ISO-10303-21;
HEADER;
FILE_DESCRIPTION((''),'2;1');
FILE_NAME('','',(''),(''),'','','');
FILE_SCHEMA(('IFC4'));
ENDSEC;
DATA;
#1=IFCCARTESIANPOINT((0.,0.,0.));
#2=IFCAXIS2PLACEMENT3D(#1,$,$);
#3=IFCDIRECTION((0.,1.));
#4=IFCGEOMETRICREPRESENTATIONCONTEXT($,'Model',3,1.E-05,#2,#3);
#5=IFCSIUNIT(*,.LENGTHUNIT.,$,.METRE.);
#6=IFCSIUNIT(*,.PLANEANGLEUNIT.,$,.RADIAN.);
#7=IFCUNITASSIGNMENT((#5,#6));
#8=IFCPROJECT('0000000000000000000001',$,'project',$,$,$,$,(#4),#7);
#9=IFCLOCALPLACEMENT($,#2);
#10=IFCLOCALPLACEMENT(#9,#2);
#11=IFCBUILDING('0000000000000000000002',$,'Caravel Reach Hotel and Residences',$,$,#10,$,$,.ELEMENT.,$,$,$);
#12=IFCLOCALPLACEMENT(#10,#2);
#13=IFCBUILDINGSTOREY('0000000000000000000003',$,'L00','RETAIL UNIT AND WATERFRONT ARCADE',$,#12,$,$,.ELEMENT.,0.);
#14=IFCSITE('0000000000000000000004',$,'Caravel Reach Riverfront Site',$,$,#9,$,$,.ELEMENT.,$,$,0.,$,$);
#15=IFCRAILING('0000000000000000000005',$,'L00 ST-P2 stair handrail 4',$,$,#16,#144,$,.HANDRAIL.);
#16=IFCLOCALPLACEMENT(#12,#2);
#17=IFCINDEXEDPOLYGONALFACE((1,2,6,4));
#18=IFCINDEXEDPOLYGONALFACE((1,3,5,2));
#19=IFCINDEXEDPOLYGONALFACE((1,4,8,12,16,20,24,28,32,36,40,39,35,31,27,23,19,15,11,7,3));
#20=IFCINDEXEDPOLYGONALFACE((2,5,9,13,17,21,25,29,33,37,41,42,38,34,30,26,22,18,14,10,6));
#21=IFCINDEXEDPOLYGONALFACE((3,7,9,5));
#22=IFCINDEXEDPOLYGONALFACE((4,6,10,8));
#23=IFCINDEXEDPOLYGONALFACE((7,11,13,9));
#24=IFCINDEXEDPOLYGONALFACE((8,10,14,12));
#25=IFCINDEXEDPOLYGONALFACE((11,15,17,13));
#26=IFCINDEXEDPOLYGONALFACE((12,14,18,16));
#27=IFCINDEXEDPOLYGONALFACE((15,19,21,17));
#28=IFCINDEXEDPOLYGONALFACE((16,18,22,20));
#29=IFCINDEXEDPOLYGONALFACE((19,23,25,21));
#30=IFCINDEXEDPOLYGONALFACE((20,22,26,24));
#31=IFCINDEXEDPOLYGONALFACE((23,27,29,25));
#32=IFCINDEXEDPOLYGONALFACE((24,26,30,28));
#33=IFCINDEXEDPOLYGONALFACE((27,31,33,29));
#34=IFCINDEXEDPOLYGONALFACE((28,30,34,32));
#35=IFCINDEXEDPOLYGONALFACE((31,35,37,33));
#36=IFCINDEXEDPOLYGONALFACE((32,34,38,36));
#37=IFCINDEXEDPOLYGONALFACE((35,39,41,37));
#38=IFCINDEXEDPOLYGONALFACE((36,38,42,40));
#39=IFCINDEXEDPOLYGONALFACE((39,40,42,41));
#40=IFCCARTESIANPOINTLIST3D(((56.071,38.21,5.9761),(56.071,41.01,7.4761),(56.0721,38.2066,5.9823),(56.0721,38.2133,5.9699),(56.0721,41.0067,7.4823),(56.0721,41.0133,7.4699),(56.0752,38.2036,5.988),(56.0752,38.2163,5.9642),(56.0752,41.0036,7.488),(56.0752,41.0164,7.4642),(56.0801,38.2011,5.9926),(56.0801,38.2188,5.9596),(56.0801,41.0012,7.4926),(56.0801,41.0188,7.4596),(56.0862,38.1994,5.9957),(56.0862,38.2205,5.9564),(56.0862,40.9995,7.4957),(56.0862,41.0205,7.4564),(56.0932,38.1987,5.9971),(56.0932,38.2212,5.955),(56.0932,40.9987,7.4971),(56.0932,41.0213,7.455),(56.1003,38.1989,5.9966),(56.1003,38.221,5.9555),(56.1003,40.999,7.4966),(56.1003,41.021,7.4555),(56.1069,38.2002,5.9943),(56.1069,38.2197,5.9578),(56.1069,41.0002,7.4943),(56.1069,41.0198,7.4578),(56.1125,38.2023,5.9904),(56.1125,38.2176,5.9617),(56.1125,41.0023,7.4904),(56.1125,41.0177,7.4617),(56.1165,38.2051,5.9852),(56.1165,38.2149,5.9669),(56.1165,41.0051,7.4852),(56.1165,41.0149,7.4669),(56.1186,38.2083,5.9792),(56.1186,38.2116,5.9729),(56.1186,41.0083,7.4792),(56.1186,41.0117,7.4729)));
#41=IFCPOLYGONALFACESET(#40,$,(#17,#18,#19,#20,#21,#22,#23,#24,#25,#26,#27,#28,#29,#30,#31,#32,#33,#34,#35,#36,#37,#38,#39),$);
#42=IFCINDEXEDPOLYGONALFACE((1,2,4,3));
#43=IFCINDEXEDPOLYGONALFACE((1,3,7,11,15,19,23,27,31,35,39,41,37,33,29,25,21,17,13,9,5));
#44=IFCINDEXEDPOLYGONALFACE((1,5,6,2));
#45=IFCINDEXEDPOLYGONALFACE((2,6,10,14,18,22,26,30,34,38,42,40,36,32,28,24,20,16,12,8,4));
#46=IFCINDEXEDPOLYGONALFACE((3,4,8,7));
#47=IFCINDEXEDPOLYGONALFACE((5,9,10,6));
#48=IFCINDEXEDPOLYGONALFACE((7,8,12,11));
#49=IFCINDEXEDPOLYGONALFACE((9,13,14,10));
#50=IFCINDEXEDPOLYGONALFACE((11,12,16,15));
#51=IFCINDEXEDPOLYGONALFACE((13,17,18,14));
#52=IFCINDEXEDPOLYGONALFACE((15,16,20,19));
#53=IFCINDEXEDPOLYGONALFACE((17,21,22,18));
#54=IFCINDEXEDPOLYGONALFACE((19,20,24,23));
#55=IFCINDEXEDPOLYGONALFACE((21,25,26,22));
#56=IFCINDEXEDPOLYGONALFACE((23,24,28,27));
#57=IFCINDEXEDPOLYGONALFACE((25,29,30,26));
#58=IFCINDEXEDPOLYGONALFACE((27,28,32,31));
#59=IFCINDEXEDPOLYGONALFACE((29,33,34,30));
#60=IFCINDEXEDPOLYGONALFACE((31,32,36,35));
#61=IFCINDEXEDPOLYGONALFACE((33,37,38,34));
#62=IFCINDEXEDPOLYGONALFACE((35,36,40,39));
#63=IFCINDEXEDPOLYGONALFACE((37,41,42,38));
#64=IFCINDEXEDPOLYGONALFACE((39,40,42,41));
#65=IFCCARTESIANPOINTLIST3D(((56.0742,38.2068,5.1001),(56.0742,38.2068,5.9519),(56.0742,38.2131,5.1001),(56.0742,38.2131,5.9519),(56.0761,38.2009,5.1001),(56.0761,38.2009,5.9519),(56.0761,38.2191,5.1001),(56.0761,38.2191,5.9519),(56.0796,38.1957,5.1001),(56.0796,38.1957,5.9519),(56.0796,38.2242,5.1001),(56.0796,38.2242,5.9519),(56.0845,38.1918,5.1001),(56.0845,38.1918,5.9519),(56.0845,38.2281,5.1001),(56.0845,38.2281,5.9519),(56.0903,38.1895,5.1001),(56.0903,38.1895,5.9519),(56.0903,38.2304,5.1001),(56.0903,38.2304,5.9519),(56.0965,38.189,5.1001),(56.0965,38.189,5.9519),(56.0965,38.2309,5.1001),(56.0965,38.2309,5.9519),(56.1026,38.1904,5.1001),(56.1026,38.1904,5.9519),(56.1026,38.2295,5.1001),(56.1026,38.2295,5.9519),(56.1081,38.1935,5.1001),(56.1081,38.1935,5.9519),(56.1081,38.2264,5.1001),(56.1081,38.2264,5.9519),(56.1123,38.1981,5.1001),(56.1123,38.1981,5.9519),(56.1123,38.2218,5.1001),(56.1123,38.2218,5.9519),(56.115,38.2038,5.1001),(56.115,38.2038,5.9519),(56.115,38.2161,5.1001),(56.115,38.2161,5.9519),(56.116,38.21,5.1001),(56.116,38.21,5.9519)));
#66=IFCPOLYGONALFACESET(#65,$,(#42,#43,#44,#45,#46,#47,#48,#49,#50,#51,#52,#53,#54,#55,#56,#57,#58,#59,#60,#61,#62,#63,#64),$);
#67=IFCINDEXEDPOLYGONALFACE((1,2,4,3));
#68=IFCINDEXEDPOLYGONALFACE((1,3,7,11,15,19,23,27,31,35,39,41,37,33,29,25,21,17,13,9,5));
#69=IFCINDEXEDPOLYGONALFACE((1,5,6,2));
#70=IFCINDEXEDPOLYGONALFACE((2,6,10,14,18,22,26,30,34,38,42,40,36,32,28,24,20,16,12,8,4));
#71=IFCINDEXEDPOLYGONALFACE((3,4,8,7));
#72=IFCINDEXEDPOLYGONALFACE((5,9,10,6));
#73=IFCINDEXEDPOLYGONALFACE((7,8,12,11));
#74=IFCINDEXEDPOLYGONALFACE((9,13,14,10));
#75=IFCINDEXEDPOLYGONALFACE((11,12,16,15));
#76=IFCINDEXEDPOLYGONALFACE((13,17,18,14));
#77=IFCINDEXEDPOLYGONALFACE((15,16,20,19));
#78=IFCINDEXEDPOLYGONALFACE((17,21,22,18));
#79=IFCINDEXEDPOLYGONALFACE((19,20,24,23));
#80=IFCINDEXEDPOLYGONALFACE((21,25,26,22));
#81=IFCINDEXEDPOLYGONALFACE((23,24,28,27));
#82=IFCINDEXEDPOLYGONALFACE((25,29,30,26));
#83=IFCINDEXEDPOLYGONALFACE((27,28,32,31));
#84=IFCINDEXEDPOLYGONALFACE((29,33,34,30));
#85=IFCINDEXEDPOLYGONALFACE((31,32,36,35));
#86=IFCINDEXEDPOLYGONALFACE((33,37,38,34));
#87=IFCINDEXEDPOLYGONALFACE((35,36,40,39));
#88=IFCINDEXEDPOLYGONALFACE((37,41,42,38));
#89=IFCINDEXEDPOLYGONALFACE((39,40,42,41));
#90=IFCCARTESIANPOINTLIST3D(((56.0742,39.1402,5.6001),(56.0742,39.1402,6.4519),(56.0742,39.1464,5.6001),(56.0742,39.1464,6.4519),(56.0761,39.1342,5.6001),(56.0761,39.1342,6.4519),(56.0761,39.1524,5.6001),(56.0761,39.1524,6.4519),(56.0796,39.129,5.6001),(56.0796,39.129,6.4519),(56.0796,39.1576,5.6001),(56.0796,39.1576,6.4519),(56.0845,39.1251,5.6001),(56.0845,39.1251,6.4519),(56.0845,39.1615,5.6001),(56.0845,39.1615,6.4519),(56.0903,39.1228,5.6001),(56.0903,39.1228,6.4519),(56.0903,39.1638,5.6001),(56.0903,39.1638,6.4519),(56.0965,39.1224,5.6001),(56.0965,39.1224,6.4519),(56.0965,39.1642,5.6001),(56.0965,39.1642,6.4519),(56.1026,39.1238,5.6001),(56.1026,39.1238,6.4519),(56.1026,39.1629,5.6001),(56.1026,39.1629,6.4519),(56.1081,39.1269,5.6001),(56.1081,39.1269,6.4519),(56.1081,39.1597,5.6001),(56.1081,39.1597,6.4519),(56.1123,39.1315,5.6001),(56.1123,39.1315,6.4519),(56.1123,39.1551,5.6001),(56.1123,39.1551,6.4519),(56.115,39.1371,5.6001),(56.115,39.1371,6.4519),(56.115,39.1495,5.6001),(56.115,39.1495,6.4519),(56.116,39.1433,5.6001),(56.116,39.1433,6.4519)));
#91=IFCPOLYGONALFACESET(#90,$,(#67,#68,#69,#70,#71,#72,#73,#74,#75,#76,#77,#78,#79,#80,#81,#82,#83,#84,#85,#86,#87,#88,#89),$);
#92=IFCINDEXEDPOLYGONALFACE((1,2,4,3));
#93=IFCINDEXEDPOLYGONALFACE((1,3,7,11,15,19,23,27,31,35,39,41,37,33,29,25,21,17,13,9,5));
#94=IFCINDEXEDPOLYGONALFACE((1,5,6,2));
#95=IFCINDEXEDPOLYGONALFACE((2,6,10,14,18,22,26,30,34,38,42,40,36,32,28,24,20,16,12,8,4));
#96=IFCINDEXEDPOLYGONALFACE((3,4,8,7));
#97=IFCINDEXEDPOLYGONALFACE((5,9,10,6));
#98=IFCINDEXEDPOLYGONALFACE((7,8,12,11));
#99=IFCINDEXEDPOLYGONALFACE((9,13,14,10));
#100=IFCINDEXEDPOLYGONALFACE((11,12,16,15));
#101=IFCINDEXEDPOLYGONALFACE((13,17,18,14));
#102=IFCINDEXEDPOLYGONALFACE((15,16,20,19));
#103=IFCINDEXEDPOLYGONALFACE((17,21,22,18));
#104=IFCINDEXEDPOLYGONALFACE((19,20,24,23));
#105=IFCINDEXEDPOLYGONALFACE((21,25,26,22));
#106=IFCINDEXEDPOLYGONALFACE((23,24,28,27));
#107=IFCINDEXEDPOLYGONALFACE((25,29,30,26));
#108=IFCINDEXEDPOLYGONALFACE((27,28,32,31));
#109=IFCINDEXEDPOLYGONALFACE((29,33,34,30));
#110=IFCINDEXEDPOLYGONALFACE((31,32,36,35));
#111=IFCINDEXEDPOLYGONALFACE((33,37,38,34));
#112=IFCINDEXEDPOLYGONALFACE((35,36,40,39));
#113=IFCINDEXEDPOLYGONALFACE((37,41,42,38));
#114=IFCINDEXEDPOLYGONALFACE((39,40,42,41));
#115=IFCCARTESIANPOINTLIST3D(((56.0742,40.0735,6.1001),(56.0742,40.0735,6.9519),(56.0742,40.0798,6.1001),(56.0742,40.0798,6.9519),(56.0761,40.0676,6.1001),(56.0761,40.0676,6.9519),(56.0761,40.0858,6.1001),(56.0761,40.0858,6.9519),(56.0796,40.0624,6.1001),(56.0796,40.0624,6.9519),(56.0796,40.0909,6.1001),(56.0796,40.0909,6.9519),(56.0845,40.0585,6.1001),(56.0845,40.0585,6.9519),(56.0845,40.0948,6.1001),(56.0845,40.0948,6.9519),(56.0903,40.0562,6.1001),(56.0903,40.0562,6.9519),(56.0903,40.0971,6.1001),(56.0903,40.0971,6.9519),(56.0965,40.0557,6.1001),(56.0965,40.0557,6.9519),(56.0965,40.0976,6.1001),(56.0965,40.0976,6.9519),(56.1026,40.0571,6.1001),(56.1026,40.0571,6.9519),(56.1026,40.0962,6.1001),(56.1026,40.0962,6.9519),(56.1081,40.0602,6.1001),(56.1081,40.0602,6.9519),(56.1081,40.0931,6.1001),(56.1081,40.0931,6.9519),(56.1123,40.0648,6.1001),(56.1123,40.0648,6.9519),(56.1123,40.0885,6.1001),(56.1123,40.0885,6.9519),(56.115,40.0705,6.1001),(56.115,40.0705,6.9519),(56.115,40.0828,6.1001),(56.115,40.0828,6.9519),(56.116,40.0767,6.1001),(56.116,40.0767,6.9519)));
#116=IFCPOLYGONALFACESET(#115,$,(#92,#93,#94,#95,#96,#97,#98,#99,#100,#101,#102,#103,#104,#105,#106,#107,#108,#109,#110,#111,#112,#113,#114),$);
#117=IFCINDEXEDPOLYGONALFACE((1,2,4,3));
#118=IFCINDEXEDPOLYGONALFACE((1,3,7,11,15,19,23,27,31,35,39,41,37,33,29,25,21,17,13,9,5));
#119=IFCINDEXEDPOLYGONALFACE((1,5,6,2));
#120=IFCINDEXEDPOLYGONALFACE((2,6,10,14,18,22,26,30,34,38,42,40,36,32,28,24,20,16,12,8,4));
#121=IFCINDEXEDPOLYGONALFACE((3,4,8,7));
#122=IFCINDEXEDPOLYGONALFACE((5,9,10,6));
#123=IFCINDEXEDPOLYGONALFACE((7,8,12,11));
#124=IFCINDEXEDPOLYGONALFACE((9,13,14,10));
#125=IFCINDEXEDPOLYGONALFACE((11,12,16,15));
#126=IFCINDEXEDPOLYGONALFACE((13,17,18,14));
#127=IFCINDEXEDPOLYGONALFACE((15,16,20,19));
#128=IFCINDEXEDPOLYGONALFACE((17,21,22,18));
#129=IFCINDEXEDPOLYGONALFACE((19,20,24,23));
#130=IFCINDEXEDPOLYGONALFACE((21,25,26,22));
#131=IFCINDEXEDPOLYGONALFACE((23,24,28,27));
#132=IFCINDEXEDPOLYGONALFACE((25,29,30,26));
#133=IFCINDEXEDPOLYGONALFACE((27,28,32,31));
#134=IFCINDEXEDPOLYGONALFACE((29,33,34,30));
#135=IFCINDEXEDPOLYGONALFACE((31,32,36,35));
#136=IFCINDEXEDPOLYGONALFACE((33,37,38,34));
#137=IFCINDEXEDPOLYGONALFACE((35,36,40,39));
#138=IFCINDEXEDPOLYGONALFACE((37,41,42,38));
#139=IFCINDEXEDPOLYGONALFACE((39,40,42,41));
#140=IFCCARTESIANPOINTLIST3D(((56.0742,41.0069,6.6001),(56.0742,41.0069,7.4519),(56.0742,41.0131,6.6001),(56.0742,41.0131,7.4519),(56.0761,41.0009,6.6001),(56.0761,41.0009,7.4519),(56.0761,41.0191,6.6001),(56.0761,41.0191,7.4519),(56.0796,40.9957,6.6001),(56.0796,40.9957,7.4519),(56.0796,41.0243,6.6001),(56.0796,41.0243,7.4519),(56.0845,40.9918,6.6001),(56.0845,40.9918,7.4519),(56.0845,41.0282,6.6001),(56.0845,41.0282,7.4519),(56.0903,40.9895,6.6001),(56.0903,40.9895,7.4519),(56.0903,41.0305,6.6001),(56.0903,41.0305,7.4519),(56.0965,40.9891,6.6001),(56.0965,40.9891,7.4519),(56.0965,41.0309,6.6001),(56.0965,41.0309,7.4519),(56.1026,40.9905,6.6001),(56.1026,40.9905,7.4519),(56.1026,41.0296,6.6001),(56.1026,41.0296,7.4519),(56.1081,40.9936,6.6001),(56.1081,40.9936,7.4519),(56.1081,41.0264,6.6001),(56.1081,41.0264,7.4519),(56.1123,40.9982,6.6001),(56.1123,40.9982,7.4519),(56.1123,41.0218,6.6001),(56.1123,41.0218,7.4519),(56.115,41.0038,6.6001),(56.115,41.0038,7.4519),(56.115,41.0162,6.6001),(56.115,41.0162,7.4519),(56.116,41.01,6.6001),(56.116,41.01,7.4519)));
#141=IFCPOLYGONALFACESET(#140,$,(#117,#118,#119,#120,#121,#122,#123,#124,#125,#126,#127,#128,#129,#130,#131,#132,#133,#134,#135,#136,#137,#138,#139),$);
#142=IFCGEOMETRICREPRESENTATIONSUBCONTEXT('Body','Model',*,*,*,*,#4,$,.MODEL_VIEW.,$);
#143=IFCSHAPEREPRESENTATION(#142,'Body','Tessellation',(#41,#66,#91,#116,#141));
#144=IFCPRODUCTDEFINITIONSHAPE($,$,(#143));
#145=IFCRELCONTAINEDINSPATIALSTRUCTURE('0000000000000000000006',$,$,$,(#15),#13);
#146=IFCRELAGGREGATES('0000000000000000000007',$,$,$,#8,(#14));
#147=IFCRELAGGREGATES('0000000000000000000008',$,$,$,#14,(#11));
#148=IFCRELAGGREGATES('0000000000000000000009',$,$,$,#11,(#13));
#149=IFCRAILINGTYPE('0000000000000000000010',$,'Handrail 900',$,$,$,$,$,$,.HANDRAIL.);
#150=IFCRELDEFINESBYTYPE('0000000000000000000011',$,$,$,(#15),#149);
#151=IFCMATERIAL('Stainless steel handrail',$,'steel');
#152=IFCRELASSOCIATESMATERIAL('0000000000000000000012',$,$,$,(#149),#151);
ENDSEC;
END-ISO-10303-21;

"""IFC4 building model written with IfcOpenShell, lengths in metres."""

from ifc_helpers import new_model, si_unit, direction, frame, origin, origin_2d, place, context, subcontext, project, spatial, circle, extrude, material, type_object, element, save


model = new_model("IFC4")

# Units and contexts
model_context = context("Model", 3, precision=1e-05, world=origin(), true_north=direction((0.0, 1.0)))
body_context = subcontext(model_context, "Body", "Model", "MODEL_VIEW")
ifc_project = project(units=[si_unit("LENGTHUNIT", "METRE"), si_unit("PLANEANGLEUNIT", "RADIAN")], contexts=[model_context])

# Site, building, storey
site_placement = place(None, origin())
site = spatial("IfcSite", under=ifc_project, at=site_placement, Name="Caravel Reach Riverfront Site", CompositionType="ELEMENT", RefElevation=0.0)
building_placement = place(site_placement, origin())
building = spatial("IfcBuilding", under=site, at=building_placement, Name="Caravel Reach Hotel and Residences", CompositionType="ELEMENT")
storey_placement = place(building_placement, origin())
storey = spatial("IfcBuildingStorey", under=building, at=storey_placement, Name="L00", Description="RETAIL UNIT AND WATERFRONT ARCADE", CompositionType="ELEMENT", Elevation=0.0)

# Railing
ifc_material_1 = material(Name="Stainless steel handrail", Category="steel")
railing_type_1 = type_object("IfcRailingType", Name="Handrail 900", PredefinedType="HANDRAIL", material=ifc_material_1)
railing_1_placement = place(storey_placement, frame((56.095, 38.21, 5.1001)))
element("IfcRailing", 1, at=railing_1_placement, inside=storey, type_object=railing_type_1, Name="L00 ST-P2 stair handrail 4", PredefinedType="HANDRAIL", context=body_context, shape_type="SweptSolid", body=[
    extrude(circle(Radius=0.0239, at=origin_2d()), frame((0.0, 0.0, 0.876), z_axis=(0.0, 0.881483, 0.472215), x_axis=(-1.0, 0.0, 0.0)), (0.0, 0.0, 1.0), 3.1765),
    extrude(circle(Radius=0.021, at=origin_2d()), origin(), (0.0, 0.0, 1.0), 0.8518),
    extrude(circle(Radius=0.021, at=origin_2d()), frame((0.0, 0.9333, 0.5)), (0.0, 0.0, 1.0), 0.8518),
    extrude(circle(Radius=0.021, at=origin_2d()), frame((0.0, 1.8667, 1.0)), (0.0, 0.0, 1.0), 0.8518),
    extrude(circle(Radius=0.021, at=origin_2d()), frame((0.0, 2.8, 1.5)), (0.0, 0.0, 1.0), 0.8518),
])

save(model, "model.ifc")
